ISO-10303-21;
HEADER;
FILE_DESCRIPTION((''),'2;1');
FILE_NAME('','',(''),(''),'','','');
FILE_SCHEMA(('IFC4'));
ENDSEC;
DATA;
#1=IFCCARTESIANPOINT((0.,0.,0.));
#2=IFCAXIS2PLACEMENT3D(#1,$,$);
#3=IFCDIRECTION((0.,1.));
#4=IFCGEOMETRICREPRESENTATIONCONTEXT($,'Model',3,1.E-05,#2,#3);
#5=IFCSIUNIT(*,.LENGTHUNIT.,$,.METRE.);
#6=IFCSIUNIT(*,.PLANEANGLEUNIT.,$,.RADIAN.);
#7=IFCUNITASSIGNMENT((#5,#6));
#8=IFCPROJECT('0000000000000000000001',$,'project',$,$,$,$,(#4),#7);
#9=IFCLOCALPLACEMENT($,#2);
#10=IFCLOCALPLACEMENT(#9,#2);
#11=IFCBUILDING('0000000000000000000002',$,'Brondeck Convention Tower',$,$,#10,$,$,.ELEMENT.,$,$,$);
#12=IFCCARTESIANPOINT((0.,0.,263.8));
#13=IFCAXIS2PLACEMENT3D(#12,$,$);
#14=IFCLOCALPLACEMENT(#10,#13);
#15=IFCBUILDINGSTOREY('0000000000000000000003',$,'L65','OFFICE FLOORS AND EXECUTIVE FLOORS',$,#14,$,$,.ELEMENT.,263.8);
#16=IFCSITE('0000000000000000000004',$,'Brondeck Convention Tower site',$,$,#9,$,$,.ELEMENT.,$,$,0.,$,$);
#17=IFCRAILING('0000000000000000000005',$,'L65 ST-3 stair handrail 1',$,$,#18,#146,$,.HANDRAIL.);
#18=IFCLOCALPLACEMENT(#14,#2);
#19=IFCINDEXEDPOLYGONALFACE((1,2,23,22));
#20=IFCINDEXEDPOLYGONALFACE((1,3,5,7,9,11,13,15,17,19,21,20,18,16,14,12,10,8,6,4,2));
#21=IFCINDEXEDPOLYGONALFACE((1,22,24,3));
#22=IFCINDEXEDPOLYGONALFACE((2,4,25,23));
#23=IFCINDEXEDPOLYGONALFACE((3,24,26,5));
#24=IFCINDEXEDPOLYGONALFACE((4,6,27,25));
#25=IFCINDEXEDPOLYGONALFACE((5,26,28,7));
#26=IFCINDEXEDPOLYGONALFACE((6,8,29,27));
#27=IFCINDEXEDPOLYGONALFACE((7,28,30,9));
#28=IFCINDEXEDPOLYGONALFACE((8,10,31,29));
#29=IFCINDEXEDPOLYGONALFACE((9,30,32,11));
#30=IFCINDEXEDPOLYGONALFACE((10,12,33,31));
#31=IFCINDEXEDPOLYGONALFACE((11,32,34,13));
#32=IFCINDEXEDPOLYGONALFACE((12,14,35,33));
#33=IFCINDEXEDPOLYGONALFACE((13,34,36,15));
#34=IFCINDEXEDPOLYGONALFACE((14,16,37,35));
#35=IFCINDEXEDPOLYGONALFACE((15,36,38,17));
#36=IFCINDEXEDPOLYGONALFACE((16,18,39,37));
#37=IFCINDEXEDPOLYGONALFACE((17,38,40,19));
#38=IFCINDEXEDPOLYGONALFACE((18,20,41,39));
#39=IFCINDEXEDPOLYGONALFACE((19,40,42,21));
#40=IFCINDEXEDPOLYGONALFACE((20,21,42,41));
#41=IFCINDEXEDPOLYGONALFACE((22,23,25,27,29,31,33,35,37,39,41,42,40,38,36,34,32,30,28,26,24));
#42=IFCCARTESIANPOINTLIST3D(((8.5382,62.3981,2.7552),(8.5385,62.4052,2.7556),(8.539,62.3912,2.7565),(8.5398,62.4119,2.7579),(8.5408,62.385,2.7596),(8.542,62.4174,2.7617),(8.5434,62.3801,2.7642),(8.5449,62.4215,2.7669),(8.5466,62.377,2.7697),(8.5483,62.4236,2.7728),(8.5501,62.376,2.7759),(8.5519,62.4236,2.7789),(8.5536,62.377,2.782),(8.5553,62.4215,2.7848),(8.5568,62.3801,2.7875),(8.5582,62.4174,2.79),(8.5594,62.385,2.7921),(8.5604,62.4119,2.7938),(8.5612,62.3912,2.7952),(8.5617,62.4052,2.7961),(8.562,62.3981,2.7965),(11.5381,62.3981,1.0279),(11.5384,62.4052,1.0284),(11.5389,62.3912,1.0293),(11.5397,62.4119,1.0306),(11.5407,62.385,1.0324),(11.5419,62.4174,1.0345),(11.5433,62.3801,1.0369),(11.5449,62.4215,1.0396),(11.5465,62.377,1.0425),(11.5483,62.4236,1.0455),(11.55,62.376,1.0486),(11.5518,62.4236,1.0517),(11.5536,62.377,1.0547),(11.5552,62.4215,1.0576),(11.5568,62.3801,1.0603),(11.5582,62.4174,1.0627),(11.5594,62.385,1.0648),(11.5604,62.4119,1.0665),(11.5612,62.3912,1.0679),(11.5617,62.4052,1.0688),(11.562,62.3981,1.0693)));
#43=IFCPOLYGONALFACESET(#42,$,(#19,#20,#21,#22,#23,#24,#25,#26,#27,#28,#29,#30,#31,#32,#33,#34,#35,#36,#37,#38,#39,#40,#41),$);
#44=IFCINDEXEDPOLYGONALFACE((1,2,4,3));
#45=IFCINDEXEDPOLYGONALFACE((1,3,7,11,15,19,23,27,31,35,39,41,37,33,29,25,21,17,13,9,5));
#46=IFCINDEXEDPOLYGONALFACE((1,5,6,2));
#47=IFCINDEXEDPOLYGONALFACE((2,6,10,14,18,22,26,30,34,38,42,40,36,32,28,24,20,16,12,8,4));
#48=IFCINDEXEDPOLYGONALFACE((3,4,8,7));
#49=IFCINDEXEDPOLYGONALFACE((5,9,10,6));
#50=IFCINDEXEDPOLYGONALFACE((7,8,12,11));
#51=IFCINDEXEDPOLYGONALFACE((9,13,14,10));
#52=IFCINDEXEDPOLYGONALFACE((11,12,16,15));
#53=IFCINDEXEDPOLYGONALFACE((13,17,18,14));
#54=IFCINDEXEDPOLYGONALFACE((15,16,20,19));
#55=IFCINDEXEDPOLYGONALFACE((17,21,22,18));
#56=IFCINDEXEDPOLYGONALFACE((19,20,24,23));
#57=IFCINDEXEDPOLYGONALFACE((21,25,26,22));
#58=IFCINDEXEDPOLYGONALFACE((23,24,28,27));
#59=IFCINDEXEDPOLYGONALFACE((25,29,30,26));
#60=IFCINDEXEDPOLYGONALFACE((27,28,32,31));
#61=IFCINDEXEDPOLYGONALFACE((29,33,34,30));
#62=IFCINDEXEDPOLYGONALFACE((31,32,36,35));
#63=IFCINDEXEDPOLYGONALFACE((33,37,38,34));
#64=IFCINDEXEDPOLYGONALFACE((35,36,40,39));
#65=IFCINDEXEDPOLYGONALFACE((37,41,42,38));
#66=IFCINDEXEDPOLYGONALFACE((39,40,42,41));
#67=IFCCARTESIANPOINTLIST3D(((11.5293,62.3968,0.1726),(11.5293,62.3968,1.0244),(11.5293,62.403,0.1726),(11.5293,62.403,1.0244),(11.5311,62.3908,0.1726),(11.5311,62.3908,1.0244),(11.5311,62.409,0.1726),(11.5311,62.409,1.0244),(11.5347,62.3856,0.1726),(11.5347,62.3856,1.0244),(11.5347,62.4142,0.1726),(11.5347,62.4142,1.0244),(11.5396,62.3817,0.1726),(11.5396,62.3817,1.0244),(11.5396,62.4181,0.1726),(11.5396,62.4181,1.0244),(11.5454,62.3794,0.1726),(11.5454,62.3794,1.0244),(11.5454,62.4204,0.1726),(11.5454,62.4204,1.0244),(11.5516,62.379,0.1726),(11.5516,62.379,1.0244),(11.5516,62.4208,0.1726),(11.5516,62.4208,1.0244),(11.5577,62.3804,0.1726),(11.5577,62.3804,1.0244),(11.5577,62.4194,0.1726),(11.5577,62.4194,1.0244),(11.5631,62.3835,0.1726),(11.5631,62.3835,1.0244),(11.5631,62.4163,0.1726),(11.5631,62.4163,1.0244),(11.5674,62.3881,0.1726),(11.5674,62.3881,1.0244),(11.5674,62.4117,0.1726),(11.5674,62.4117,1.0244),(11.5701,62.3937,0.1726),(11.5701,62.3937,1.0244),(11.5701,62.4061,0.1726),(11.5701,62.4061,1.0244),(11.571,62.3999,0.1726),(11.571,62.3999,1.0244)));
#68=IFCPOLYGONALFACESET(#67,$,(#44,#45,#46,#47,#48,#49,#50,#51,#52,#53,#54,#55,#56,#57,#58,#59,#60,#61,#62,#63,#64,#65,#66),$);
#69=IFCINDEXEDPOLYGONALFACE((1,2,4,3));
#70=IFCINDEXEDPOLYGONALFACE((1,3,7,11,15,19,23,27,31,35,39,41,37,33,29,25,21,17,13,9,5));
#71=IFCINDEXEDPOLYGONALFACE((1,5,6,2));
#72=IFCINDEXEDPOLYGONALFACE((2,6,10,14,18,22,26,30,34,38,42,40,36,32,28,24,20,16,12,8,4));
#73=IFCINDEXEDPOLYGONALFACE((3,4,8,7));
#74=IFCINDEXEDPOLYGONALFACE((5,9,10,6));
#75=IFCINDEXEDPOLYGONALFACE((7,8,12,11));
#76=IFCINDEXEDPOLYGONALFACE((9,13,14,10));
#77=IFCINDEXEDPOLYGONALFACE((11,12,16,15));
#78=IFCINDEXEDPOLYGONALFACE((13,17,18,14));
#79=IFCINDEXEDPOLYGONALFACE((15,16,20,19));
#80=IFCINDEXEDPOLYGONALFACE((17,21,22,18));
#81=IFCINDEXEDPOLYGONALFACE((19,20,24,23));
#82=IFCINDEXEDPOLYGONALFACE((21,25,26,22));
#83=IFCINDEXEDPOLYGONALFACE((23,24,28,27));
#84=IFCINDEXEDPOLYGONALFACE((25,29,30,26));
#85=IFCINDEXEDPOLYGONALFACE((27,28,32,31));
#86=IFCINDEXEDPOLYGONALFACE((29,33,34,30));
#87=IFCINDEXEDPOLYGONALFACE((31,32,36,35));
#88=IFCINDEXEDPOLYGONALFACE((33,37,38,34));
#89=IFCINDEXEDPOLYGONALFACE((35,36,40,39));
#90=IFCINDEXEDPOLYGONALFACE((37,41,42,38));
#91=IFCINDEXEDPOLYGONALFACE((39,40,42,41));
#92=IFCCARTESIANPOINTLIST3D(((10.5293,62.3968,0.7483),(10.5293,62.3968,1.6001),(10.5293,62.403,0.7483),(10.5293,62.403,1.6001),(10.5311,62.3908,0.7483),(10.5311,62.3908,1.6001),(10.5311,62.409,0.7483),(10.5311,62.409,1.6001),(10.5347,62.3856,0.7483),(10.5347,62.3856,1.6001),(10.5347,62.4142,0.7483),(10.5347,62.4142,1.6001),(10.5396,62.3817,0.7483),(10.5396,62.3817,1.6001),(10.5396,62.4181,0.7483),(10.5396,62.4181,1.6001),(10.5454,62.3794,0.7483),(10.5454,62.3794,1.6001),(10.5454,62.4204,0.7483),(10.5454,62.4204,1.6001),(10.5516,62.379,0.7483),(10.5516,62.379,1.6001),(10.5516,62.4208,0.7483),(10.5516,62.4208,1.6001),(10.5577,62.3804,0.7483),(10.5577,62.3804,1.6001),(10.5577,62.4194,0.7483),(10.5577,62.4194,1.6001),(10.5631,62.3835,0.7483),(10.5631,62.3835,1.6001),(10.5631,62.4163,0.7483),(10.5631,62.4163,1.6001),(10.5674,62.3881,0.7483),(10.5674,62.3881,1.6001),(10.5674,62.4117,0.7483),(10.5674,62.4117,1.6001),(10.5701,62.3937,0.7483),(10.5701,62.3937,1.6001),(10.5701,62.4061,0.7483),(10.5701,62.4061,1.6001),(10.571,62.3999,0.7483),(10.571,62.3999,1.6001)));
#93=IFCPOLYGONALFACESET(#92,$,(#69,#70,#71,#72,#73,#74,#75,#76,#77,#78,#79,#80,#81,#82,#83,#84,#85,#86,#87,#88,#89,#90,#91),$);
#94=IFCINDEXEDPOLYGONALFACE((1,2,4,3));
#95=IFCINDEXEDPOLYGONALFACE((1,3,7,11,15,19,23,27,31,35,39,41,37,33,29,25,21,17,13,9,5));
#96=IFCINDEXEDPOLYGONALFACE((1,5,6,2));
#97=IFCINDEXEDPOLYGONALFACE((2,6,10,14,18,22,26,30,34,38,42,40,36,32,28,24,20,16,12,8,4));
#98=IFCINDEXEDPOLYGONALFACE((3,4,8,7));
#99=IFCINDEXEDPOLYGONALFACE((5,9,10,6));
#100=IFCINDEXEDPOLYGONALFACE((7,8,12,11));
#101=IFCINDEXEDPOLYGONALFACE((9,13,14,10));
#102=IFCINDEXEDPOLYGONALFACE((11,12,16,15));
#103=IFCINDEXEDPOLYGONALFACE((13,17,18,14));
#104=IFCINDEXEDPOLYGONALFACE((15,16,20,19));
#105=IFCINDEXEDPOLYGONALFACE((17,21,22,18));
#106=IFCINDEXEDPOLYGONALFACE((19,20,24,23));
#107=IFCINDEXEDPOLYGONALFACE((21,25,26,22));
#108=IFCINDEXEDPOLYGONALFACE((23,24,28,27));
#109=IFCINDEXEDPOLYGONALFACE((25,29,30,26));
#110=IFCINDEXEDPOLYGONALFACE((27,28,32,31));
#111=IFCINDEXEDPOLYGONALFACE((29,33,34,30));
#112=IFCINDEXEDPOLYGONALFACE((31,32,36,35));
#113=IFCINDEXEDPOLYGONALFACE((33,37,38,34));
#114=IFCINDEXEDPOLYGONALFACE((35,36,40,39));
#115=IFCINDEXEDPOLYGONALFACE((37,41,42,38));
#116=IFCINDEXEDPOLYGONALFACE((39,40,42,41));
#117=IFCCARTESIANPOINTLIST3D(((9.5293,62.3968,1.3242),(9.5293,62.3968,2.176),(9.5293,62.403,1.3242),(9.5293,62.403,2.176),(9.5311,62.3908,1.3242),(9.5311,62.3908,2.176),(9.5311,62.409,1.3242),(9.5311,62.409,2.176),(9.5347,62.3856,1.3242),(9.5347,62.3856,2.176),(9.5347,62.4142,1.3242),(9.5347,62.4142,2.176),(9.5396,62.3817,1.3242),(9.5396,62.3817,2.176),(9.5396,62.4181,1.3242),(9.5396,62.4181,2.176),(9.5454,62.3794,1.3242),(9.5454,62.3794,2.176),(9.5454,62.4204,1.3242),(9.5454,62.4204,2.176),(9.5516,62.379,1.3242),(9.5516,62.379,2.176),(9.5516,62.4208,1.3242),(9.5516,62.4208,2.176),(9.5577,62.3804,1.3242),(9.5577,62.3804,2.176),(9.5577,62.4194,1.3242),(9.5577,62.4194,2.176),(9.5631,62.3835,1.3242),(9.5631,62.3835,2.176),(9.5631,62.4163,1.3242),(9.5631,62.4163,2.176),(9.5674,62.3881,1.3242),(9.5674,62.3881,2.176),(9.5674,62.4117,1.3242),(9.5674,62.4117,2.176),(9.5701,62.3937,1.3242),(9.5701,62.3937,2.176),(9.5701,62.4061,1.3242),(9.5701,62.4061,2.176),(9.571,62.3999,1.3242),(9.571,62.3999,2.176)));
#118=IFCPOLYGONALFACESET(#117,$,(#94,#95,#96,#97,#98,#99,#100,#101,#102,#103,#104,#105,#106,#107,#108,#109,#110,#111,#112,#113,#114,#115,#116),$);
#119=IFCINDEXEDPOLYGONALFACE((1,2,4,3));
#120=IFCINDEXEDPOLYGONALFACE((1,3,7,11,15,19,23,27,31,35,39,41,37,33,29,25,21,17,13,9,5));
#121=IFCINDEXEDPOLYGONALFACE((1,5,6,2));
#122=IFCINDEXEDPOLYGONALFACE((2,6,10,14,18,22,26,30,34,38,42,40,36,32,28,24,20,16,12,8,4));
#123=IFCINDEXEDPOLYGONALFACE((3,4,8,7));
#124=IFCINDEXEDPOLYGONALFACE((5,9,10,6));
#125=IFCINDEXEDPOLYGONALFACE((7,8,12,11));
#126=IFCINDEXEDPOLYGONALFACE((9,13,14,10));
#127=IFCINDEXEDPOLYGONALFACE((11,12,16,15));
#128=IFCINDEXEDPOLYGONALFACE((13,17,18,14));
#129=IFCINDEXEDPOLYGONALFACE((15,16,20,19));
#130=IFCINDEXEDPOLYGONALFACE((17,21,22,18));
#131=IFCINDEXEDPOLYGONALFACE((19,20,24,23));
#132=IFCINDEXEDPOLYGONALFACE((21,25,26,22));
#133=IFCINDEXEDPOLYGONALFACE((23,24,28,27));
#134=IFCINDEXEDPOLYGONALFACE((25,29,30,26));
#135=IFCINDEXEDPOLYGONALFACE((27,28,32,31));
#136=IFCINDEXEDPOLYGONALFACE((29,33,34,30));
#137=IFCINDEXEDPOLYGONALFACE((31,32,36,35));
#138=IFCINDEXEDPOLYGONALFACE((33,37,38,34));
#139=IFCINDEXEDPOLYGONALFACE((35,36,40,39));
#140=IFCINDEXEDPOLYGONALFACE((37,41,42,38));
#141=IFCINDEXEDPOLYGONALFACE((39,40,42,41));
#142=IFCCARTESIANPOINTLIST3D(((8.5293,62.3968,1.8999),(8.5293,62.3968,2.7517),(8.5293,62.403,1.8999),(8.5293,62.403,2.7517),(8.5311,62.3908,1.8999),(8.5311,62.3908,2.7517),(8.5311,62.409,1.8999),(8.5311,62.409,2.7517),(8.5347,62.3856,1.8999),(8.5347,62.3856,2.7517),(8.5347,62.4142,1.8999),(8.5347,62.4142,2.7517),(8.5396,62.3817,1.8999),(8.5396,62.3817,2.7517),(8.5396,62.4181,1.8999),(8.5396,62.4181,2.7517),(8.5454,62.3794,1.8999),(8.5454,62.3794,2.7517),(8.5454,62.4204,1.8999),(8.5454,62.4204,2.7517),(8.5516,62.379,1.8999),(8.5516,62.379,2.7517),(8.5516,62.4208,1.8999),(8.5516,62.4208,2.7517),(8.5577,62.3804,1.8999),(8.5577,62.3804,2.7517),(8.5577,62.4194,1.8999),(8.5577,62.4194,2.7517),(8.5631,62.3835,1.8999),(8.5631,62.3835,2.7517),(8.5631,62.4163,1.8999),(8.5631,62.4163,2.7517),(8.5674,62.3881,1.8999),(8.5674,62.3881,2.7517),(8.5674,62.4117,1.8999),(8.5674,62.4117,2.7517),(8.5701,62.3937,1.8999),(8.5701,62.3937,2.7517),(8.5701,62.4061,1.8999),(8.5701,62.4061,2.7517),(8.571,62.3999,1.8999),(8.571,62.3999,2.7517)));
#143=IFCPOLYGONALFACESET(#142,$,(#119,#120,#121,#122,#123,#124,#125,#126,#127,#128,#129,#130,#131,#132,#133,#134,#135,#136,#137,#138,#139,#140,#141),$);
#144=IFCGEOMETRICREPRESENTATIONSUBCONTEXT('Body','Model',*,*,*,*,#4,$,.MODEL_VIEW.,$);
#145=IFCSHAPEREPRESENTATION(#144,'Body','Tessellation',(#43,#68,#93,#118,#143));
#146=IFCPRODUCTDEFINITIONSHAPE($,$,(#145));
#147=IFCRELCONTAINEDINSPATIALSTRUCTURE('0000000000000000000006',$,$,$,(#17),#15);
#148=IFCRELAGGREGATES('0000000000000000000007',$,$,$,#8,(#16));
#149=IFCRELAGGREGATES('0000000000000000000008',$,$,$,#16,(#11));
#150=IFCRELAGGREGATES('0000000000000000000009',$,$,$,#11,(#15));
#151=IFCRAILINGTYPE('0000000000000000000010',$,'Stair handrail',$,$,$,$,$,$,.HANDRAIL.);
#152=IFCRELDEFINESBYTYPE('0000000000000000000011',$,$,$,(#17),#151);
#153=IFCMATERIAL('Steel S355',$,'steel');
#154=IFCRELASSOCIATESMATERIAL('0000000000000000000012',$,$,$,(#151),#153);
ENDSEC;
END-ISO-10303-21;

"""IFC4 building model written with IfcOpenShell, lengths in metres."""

from ifc_helpers import new_model, si_unit, direction, frame, origin, origin_2d, place, context, subcontext, project, spatial, circle, extrude, material, type_object, element, save


model = new_model("IFC4")

# Units and contexts
model_context = context("Model", 3, precision=1e-05, world=origin(), true_north=direction((0.0, 1.0)))
body_context = subcontext(model_context, "Body", "Model", "MODEL_VIEW")
ifc_project = project(units=[si_unit("LENGTHUNIT", "METRE"), si_unit("PLANEANGLEUNIT", "RADIAN")], contexts=[model_context])

# Site, building, storey
site_placement = place(None, origin())
site = spatial("IfcSite", under=ifc_project, at=site_placement, Name="Brondeck Convention Tower site", CompositionType="ELEMENT", RefElevation=0.0)
building_placement = place(site_placement, origin())
building = spatial("IfcBuilding", under=site, at=building_placement, Name="Brondeck Convention Tower", CompositionType="ELEMENT")
storey_placement = place(building_placement, frame((0.0, 0.0, 263.8)))
storey = spatial("IfcBuildingStorey", under=building, at=storey_placement, Name="L65", Description="OFFICE FLOORS AND EXECUTIVE FLOORS", CompositionType="ELEMENT", Elevation=263.8)

# Railing
ifc_material_1 = material(Name="Steel S355", Category="steel")
railing_type_1 = type_object("IfcRailingType", Name="Stair handrail", PredefinedType="HANDRAIL", material=ifc_material_1)
railing_1_placement = place(storey_placement, frame((11.55, 62.3999, 0.1726)))
element("IfcRailing", 1, at=railing_1_placement, inside=storey, type_object=railing_type_1, Name="L65 ST-3 stair handrail 1", PredefinedType="HANDRAIL", context=body_context, shape_type="SweptSolid", body=[
    extrude(circle(Radius=0.0239, at=origin_2d()), frame((0.0, 0.0, 0.876), z_axis=(-0.86662, 0.0, 0.498969), x_axis=(0.0, -1.0, 0.0)), (0.0, 0.0, 1.0), 3.4617),
    extrude(circle(Radius=0.021, at=origin_2d()), origin(), (0.0, 0.0, 1.0), 0.8518),
    extrude(circle(Radius=0.021, at=origin_2d()), frame((-1.0, 0.0, 0.5757)), (0.0, 0.0, 1.0), 0.8518),
    extrude(circle(Radius=0.021, at=origin_2d()), frame((-2.0, 0.0, 1.1516)), (0.0, 0.0, 1.0), 0.8518),
    extrude(circle(Radius=0.021, at=origin_2d()), frame((-3.0, 0.0, 1.7273)), (0.0, 0.0, 1.0), 0.8518),
])

save(model, "model.ifc")
